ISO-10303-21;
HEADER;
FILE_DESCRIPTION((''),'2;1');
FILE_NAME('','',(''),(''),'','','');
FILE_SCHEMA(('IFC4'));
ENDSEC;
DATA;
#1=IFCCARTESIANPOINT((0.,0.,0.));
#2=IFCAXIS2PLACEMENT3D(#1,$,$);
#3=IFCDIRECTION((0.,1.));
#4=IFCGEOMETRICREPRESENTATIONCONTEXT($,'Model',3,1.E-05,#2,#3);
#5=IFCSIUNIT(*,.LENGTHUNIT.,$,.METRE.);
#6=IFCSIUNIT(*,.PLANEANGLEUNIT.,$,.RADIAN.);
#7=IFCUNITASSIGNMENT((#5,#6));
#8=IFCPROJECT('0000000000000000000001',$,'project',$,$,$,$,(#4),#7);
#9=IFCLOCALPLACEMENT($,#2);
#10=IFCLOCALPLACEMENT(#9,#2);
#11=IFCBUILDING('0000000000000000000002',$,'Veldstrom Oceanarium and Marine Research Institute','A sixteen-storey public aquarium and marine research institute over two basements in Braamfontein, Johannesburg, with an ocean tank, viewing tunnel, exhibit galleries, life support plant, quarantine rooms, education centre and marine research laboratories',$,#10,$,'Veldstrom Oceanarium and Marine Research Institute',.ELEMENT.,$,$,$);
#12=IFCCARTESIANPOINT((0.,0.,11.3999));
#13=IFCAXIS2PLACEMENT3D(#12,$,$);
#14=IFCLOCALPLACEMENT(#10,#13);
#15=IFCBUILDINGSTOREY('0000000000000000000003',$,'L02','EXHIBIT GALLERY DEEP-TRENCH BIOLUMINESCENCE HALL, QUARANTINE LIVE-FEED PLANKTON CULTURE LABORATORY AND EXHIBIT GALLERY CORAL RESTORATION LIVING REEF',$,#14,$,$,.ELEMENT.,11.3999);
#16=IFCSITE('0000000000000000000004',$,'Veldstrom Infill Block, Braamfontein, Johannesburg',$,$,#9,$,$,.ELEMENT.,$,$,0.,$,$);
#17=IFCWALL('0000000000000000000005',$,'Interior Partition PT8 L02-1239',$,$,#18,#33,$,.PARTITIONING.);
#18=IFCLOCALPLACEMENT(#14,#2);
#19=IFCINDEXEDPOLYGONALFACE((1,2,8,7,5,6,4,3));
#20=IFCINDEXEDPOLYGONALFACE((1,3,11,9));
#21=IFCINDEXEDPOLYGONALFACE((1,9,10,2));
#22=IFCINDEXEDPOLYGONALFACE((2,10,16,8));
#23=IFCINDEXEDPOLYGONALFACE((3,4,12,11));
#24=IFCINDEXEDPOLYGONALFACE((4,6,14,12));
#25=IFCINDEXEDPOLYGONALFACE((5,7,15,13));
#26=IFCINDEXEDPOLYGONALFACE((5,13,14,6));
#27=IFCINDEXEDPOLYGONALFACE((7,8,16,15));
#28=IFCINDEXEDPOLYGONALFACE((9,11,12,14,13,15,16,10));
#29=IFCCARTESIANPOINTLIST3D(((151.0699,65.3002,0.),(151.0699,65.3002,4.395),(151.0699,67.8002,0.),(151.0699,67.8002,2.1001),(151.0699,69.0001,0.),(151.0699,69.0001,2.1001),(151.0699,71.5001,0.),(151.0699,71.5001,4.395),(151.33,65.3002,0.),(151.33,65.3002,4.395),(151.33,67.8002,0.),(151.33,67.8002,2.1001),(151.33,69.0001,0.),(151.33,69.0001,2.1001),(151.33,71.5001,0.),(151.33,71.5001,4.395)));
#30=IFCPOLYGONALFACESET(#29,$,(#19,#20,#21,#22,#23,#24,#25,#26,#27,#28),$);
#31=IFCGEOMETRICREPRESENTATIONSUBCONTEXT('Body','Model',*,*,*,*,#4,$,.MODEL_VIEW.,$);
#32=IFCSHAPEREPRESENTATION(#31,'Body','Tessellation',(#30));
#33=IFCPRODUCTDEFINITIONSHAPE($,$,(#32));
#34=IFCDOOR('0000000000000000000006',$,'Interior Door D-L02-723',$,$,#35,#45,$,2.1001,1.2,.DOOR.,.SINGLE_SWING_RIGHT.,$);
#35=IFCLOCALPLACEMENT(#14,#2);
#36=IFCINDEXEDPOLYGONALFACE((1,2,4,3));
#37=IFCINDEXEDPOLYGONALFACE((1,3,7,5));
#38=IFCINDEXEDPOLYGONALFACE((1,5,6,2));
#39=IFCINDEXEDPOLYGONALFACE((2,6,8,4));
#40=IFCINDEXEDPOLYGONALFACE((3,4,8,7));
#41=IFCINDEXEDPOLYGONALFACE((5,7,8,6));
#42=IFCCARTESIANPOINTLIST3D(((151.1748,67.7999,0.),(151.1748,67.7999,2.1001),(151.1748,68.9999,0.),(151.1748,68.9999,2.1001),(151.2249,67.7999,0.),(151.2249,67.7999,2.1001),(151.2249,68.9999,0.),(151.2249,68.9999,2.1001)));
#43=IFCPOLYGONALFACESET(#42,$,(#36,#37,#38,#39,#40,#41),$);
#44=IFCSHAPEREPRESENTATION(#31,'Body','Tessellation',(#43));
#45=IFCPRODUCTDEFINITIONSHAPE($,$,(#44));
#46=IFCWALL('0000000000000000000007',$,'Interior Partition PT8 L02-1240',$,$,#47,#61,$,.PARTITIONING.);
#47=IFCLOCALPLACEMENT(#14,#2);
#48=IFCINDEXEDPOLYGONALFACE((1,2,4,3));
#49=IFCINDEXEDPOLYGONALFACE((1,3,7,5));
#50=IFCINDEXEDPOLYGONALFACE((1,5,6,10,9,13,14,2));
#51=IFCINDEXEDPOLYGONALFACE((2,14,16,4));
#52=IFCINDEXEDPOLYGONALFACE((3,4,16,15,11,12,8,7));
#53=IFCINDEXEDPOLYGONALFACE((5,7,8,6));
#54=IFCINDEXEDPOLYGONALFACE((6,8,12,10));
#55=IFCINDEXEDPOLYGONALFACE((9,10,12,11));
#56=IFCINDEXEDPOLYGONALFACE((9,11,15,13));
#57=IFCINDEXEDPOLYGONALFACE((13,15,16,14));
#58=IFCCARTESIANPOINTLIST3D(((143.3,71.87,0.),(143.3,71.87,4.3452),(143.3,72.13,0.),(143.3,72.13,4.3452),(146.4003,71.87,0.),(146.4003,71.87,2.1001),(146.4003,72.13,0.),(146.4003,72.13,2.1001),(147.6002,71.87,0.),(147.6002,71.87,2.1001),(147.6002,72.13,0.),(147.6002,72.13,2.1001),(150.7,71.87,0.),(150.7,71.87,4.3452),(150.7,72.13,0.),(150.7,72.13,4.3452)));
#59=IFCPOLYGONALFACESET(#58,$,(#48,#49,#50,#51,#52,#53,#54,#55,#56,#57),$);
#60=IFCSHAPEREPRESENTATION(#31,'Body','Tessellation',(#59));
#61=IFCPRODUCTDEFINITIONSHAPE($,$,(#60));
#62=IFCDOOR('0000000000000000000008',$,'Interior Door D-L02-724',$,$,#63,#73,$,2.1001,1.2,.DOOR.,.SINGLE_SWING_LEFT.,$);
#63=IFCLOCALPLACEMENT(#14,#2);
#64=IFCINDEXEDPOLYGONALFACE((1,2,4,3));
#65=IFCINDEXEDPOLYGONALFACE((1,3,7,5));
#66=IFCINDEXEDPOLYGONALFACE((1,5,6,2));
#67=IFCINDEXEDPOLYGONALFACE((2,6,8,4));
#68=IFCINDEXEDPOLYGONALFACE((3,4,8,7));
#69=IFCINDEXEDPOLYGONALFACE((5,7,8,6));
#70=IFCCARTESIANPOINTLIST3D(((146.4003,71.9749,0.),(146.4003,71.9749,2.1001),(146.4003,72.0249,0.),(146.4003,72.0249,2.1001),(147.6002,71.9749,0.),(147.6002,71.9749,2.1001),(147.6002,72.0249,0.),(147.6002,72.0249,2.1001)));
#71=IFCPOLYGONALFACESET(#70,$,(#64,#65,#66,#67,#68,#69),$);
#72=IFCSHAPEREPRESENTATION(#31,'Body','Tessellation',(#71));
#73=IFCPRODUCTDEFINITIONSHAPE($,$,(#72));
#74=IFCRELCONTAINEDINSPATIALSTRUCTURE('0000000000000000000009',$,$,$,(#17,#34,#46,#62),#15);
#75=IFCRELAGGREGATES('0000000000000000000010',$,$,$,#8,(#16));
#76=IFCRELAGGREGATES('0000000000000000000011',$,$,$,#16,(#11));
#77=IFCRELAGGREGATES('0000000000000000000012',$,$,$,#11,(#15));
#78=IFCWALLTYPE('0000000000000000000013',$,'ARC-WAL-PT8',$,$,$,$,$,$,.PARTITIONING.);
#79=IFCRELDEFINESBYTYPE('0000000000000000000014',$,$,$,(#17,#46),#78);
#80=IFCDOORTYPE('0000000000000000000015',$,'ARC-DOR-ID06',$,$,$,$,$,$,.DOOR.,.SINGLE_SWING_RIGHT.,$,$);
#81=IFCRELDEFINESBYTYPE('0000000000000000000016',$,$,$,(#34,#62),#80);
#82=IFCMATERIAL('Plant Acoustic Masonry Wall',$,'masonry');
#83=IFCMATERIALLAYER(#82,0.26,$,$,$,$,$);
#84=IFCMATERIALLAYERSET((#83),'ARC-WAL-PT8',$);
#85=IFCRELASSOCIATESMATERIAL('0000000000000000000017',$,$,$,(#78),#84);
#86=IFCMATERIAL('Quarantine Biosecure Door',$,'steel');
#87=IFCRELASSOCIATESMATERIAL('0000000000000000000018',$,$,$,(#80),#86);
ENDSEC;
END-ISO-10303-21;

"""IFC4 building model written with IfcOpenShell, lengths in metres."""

from ifc_helpers import new_model, si_unit, direction, frame, frame_2d, origin, place, context, subcontext, project, spatial, rectangle, extrude, material, layer, layer_set, type_object, element, fill, save


model = new_model("IFC4")

# Units and contexts
model_context = context("Model", 3, precision=1e-05, world=origin(), true_north=direction((0.0, 1.0)))
body_context = subcontext(model_context, "Body", "Model", "MODEL_VIEW")
ifc_project = project(units=[si_unit("LENGTHUNIT", "METRE"), si_unit("PLANEANGLEUNIT", "RADIAN")], contexts=[model_context])

# Site, building, storey
site_placement = place(None, origin())
site = spatial("IfcSite", under=ifc_project, at=site_placement, Name="Veldstrom Infill Block, Braamfontein, Johannesburg", CompositionType="ELEMENT", RefElevation=0.0)
building_placement = place(site_placement, origin())
building = spatial("IfcBuilding", under=site, at=building_placement, Name="Veldstrom Oceanarium and Marine Research Institute", Description="A sixteen-storey public aquarium and marine research institute over two basements in Braamfontein, Johannesburg, with an ocean tank, viewing tunnel, exhibit galleries, life support plant, quarantine rooms, education centre and marine research laboratories", LongName="Veldstrom Oceanarium and Marine Research Institute", CompositionType="ELEMENT")
storey_placement = place(building_placement, frame((0.0, 0.0, 11.3999)))
storey = spatial("IfcBuildingStorey", under=building, at=storey_placement, Name="L02", Description="EXHIBIT GALLERY DEEP-TRENCH BIOLUMINESCENCE HALL, QUARANTINE LIVE-FEED PLANKTON CULTURE LABORATORY AND EXHIBIT GALLERY CORAL RESTORATION LIVING REEF", CompositionType="ELEMENT", Elevation=11.3999)

# Walls, openings, doors
ifc_material_1 = material(Name="Plant Acoustic Masonry Wall", Category="masonry")
ifc_layer_1 = layer(ifc_material_1, 0.26)
ifc_layer_set_1 = layer_set([ifc_layer_1], Name="ARC-WAL-PT8")
wall_type_1 = type_object("IfcWallType", Name="ARC-WAL-PT8", PredefinedType="PARTITIONING", material=ifc_layer_set_1)
wall_1_placement = place(storey_placement, frame((151.2, 65.3, 0.0), z_axis=(0.0, 0.0, 1.0), x_axis=(0.0, 1.0, 0.0)))
wall_1 = element("IfcWall", 1, at=wall_1_placement, inside=storey, type_object=wall_type_1, Name="Interior Partition PT8 L02-1239", PredefinedType="PARTITIONING", context=body_context, shape_type="SweptSolid", body=[
    extrude(rectangle(XDim=6.2, YDim=0.26, at=frame_2d((3.1001, 0.0))), origin(), (0.0, 0.0, 1.0), 4.395),
])
opening_1_placement = place(wall_1_placement, frame((2.5, 0.0, 0.0)))
opening_1 = element("IfcOpeningElement", 2, at=opening_1_placement, cuts=wall_1, PredefinedType="OPENING", context=body_context, shape_type="SweptSolid", body=[
    extrude(rectangle(XDim=1.2, YDim=2.1001, at=frame_2d((0.6001, 1.05))), frame((0.0, 0.1399, 0.0), z_axis=(0.0, -1.0, 0.0), x_axis=(1.0, 0.0, 0.0)), (0.0, 0.0, 1.0), 0.28),
])
ifc_material_2 = material(Name="Quarantine Biosecure Door", Category="steel")
door_type = type_object("IfcDoorType", Name="ARC-DOR-ID06", OperationType="SINGLE_SWING_RIGHT", PredefinedType="DOOR", material=ifc_material_2)
door_1_placement = place(opening_1_placement, frame((1.2, 0.0, 0.0), z_axis=(0.0, 0.0, 1.0), x_axis=(-1.0, 0.0, 0.0)))
door_1 = element("IfcDoor", 3, at=door_1_placement, inside=storey, type_object=door_type, Name="Interior Door D-L02-723", OperationType="SINGLE_SWING_RIGHT", OverallHeight=2.1001, OverallWidth=1.2, PredefinedType="DOOR", context=body_context, shape_type="SweptSolid", body=[
    extrude(rectangle(XDim=1.2, YDim=2.1001, at=frame_2d((0.6001, 1.05))), frame((0.0, 0.0249, 0.0), z_axis=(0.0, -1.0, 0.0), x_axis=(1.0, 0.0, 0.0)), (0.0, 0.0, 1.0), 0.05),
])
fill(opening_1, door_1)
wall_2_placement = place(storey_placement, frame((143.3, 72.0, 0.0), z_axis=(0.0, 0.0, 1.0), x_axis=(1.0, 0.0, 0.0)))
wall_2 = element("IfcWall", 4, at=wall_2_placement, inside=storey, type_object=wall_type_1, Name="Interior Partition PT8 L02-1240", PredefinedType="PARTITIONING", context=body_context, shape_type="SweptSolid", body=[
    extrude(rectangle(XDim=7.3999, YDim=0.26, at=frame_2d((3.7, 0.0))), origin(), (0.0, 0.0, 1.0), 4.3452),
])
opening_2_placement = place(wall_2_placement, frame((3.1001, 0.0, 0.0)))
opening_2 = element("IfcOpeningElement", 5, at=opening_2_placement, cuts=wall_2, PredefinedType="OPENING", context=body_context, shape_type="SweptSolid", body=[
    extrude(rectangle(XDim=1.2, YDim=2.1001, at=frame_2d((0.6001, 1.05))), frame((0.0, 0.1399, 0.0), z_axis=(0.0, -1.0, 0.0), x_axis=(1.0, 0.0, 0.0)), (0.0, 0.0, 1.0), 0.28),
])
door_2_placement = place(opening_2_placement, origin())
door_2 = element("IfcDoor", 6, at=door_2_placement, inside=storey, type_object=door_type, Name="Interior Door D-L02-724", OperationType="SINGLE_SWING_LEFT", OverallHeight=2.1001, OverallWidth=1.2, PredefinedType="DOOR", context=body_context, shape_type="SweptSolid", body=[
    extrude(rectangle(XDim=1.2, YDim=2.1001, at=frame_2d((0.6001, 1.05))), frame((0.0, 0.0249, 0.0), z_axis=(0.0, -1.0, 0.0), x_axis=(1.0, 0.0, 0.0)), (0.0, 0.0, 1.0), 0.05),
])
fill(opening_2, door_2)

save(model, "model.ifc")
